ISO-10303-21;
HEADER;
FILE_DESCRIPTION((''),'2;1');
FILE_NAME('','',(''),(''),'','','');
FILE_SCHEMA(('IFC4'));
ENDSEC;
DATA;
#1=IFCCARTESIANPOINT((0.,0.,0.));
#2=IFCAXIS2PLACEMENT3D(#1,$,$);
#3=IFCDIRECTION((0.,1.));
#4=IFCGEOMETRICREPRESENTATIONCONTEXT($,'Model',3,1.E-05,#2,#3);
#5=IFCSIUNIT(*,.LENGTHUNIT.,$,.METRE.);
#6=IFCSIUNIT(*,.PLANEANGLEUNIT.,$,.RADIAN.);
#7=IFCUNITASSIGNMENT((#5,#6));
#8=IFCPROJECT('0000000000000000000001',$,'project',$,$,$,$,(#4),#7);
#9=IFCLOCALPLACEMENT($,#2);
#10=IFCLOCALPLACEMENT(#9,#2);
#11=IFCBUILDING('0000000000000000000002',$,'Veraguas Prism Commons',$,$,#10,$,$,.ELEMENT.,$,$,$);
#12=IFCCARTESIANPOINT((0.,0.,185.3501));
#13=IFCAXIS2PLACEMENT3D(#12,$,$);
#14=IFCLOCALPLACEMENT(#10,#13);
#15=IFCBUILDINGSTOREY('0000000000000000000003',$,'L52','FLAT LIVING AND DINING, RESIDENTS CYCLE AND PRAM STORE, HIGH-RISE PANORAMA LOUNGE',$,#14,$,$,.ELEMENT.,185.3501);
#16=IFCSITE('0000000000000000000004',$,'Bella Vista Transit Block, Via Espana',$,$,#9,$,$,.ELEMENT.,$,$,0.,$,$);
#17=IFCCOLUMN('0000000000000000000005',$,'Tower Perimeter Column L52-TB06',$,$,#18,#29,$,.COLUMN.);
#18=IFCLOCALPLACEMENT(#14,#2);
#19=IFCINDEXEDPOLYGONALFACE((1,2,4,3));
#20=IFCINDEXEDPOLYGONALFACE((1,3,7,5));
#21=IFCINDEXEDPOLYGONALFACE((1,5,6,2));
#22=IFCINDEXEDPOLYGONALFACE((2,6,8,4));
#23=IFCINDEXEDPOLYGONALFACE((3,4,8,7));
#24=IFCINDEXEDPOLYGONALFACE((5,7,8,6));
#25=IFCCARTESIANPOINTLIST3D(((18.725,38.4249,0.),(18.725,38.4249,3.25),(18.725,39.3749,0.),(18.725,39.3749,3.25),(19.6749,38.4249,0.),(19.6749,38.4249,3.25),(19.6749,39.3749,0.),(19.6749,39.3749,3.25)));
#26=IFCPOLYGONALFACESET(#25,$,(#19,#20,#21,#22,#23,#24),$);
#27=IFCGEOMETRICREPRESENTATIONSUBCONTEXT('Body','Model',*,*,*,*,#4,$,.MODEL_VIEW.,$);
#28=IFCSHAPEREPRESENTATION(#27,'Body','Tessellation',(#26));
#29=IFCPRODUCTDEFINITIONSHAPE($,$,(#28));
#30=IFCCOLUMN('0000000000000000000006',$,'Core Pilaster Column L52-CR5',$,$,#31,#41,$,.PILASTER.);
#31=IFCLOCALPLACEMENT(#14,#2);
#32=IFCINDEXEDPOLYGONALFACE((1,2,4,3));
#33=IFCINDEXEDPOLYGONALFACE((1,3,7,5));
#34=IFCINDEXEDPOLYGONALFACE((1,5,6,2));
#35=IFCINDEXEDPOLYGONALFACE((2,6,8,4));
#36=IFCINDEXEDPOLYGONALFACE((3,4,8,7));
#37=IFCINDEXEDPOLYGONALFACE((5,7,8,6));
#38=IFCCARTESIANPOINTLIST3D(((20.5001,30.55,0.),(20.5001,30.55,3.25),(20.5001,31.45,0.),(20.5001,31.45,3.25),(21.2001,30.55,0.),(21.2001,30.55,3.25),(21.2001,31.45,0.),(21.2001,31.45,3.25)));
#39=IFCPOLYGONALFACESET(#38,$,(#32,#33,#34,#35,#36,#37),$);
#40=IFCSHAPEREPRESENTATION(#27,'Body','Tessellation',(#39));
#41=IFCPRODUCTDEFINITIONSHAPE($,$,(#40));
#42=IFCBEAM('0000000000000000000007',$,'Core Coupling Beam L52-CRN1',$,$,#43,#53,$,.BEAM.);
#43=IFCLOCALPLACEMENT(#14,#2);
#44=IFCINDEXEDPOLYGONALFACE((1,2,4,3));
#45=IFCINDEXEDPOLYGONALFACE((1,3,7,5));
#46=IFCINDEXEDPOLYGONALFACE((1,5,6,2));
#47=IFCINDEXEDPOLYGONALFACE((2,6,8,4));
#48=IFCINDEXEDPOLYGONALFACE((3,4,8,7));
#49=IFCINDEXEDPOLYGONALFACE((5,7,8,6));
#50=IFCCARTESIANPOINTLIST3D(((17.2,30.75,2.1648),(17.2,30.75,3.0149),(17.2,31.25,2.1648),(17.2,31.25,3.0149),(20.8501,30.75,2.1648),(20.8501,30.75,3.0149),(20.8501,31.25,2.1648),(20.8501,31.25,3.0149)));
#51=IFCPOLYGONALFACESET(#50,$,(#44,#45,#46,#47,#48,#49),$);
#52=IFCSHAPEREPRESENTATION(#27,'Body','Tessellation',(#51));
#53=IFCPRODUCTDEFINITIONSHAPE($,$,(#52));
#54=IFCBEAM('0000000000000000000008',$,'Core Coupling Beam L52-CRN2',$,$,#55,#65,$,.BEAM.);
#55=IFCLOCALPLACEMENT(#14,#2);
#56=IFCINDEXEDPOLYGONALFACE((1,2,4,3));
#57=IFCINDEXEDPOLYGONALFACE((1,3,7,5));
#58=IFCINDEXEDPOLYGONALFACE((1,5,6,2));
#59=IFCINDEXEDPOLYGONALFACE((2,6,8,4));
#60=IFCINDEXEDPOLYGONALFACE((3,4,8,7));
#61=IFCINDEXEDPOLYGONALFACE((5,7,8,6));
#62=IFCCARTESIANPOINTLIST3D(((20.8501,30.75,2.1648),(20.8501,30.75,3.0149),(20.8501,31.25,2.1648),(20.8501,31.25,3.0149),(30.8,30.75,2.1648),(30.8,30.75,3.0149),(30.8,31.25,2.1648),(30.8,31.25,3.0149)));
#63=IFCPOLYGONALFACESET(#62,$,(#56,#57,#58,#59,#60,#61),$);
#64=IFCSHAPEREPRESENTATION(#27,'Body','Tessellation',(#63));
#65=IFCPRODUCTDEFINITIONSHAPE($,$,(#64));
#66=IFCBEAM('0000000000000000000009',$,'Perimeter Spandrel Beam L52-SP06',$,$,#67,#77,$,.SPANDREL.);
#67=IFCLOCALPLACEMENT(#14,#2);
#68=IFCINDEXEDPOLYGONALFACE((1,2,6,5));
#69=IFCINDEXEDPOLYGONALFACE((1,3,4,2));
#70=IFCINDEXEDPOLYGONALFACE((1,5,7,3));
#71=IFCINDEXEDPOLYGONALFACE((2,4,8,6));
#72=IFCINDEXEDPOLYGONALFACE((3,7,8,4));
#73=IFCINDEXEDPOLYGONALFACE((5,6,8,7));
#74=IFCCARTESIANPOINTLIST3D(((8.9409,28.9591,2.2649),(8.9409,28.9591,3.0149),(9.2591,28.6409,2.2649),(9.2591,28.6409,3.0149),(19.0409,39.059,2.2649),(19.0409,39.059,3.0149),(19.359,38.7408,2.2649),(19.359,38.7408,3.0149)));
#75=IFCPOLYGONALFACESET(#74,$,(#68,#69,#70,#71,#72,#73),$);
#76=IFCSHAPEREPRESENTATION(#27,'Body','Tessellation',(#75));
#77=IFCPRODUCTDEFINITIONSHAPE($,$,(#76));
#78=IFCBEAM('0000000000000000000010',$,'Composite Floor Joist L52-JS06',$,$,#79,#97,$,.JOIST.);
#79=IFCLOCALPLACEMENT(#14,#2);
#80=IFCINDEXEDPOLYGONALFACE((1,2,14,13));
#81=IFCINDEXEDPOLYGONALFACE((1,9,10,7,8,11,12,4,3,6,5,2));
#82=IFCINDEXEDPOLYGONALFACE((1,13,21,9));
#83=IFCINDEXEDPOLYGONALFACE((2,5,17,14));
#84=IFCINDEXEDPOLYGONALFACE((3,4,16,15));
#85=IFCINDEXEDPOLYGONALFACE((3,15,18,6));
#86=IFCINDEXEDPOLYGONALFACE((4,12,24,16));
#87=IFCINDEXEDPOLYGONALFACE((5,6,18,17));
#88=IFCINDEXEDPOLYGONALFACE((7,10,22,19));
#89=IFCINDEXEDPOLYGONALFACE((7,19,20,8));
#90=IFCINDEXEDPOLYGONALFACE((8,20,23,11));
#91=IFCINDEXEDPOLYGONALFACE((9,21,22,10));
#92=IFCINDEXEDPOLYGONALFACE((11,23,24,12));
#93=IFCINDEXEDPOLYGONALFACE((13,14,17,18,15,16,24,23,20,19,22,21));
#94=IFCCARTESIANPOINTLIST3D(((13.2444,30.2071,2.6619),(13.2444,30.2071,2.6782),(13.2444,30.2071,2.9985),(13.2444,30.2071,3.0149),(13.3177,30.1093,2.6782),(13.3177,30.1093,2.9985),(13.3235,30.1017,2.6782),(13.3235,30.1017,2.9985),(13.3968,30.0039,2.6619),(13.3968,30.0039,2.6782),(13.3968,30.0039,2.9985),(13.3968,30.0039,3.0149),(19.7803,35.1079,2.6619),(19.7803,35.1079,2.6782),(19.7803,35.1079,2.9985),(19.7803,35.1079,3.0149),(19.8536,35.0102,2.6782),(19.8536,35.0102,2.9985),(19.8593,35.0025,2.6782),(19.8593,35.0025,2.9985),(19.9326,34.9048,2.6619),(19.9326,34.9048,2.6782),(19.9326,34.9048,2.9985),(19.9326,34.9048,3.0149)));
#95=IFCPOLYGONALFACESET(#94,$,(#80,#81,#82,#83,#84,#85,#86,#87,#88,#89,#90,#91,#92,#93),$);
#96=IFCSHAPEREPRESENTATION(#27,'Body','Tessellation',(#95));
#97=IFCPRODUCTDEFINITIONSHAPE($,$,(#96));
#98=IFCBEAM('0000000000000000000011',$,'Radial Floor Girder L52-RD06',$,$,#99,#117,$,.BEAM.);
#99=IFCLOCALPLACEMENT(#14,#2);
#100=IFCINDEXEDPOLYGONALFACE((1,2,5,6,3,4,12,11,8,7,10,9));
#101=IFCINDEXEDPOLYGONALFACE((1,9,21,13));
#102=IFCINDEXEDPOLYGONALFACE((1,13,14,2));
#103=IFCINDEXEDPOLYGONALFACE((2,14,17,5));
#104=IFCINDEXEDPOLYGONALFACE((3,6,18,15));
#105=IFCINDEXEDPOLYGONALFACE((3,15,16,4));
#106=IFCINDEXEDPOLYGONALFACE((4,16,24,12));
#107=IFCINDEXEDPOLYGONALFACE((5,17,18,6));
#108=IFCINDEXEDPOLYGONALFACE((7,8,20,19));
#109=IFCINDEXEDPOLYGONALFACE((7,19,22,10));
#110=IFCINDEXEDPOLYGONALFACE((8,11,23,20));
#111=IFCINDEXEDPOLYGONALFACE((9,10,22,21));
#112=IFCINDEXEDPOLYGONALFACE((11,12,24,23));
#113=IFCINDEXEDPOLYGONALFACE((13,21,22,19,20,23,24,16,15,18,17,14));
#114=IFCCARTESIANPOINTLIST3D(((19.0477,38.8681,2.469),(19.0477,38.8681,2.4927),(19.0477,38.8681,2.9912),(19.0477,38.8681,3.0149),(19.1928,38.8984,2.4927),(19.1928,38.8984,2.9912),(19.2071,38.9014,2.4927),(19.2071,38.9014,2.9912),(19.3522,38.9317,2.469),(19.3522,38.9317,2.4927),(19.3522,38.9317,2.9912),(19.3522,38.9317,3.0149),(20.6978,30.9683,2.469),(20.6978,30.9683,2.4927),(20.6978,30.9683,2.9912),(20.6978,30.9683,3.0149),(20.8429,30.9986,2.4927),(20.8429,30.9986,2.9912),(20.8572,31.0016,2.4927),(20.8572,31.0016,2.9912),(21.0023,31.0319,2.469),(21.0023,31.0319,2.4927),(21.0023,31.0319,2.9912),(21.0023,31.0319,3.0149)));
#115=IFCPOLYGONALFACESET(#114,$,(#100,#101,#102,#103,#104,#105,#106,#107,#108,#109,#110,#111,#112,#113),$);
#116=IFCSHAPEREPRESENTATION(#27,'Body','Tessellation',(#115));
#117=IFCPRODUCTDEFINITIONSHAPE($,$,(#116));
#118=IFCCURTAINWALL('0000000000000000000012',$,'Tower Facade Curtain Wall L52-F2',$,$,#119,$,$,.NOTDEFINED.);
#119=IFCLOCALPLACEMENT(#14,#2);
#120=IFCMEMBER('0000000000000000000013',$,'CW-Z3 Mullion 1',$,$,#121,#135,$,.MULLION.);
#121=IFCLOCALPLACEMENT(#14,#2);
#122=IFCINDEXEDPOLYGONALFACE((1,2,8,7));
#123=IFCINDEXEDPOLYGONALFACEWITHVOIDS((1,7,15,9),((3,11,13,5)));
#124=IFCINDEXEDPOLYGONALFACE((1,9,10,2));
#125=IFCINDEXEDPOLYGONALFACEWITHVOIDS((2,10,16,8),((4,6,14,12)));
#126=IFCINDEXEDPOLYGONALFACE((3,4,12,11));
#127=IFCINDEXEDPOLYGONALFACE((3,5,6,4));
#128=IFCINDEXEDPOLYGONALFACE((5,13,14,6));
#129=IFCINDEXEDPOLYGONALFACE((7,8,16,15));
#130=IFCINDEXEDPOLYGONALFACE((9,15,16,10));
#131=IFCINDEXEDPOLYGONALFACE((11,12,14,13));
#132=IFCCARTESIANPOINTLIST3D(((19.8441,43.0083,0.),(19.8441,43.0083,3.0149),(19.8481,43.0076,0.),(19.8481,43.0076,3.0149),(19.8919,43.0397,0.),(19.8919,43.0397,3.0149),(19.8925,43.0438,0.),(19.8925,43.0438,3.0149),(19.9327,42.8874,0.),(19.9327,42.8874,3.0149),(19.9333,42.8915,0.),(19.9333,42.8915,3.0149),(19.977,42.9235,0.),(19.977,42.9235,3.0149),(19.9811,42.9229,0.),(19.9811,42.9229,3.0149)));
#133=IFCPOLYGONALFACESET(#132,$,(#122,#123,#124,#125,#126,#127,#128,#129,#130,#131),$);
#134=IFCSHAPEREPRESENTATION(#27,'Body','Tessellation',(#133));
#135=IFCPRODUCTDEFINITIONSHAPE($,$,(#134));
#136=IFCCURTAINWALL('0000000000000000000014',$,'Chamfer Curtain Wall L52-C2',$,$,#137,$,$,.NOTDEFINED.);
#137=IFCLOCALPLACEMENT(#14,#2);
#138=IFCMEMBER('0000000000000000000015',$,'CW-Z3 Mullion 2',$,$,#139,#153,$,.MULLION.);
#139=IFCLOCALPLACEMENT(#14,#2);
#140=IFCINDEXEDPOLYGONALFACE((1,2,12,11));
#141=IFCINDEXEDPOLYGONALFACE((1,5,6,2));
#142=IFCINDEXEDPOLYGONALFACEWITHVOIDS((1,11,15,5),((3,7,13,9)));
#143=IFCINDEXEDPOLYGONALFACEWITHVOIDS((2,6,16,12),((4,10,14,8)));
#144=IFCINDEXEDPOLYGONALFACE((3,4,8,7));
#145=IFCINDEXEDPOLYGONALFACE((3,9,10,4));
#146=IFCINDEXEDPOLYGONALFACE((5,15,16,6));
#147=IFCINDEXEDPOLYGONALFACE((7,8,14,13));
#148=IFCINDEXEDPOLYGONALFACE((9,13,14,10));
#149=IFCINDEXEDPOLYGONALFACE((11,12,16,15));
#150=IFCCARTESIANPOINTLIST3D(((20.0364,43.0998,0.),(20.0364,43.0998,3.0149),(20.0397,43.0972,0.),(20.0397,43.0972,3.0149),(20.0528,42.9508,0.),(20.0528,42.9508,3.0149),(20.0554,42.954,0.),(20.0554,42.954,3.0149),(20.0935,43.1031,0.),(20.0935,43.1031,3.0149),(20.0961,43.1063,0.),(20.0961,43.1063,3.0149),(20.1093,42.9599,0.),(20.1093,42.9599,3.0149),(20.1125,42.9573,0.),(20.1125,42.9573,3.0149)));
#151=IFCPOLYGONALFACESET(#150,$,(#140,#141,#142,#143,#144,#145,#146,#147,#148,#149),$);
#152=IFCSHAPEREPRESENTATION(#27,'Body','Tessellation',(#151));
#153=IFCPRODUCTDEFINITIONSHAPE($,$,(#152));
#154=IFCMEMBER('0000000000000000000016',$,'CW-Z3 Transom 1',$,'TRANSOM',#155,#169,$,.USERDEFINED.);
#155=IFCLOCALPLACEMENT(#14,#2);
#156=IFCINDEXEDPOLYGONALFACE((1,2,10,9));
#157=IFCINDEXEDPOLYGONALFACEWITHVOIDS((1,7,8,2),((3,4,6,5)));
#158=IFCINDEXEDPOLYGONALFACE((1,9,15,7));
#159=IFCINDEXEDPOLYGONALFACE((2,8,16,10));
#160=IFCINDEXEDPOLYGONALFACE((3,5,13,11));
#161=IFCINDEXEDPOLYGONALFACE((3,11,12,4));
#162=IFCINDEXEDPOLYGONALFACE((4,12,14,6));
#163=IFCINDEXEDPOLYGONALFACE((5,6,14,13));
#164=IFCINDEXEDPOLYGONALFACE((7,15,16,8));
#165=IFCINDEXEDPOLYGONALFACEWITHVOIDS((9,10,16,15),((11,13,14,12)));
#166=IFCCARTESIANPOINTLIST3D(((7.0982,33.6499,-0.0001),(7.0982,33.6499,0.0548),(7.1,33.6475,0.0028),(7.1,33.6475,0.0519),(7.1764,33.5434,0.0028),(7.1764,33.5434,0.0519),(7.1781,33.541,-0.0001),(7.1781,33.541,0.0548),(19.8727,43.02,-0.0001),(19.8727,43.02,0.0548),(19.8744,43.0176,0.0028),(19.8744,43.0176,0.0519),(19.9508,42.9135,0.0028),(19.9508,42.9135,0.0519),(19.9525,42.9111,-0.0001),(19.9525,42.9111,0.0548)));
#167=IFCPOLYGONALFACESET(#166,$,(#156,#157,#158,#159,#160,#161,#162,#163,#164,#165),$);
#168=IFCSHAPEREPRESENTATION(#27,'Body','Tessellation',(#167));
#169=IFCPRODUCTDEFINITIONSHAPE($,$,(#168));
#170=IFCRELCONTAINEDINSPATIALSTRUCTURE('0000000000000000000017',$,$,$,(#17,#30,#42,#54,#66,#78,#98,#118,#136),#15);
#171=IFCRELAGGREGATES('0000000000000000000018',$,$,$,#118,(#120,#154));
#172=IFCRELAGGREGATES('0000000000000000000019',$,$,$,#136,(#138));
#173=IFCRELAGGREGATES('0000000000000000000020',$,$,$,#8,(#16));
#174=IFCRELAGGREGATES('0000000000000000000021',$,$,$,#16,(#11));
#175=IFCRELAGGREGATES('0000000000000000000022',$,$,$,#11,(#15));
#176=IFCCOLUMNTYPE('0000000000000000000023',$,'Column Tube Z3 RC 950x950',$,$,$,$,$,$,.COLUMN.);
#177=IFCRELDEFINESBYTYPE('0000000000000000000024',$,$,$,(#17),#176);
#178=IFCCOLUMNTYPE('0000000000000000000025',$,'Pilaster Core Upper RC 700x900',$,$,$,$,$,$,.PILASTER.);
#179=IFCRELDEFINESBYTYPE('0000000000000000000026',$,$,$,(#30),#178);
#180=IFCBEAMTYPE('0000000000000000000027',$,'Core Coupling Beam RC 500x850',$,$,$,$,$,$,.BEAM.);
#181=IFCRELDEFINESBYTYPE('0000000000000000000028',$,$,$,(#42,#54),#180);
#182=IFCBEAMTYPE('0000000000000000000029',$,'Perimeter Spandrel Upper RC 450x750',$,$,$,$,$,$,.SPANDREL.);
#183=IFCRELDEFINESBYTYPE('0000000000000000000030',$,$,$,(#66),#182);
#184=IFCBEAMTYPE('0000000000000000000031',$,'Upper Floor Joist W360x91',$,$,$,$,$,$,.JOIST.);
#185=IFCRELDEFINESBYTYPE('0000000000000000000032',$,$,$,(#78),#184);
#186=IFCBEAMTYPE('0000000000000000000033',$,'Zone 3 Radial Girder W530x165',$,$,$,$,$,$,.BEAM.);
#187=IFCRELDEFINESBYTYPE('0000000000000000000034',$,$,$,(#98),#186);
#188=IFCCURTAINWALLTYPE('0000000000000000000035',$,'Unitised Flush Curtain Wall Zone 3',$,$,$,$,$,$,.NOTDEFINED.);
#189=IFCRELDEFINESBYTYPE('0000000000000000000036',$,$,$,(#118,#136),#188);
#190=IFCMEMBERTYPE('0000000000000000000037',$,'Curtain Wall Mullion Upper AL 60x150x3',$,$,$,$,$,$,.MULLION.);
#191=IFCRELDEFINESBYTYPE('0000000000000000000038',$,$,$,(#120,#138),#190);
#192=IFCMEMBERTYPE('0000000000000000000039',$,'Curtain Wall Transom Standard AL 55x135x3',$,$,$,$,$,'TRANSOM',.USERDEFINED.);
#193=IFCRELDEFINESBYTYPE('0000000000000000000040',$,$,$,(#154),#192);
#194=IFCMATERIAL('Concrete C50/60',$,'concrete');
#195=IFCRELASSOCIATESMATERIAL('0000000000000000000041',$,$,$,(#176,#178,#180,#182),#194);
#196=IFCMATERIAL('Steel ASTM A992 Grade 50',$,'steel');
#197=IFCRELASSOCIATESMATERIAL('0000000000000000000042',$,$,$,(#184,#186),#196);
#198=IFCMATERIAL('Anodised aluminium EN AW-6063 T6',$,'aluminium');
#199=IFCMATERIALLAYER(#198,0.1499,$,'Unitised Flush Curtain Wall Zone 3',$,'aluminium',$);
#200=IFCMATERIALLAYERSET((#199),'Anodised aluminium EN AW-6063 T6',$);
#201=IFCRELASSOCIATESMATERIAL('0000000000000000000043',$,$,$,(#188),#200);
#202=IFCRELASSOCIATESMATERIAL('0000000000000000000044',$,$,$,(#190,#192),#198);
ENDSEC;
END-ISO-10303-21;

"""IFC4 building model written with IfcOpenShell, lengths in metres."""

from ifc_helpers import new_model, si_unit, direction, frame, origin, origin_2d, place, context, subcontext, project, spatial, rectangle, hollow_rectangle, i_section, extrude, source, transform, mapped, material, layer, layer_set, material_profile, profile_set, type_object, element, aggregate, save


model = new_model("IFC4")

# Units and contexts
model_context = context("Model", 3, precision=1e-05, world=origin(), true_north=direction((0.0, 1.0)))
body_context = subcontext(model_context, "Body", "Model", "MODEL_VIEW")
ifc_project = project(units=[si_unit("LENGTHUNIT", "METRE"), si_unit("PLANEANGLEUNIT", "RADIAN")], contexts=[model_context])

# Site, building, storey
site_placement = place(None, origin())
site = spatial("IfcSite", under=ifc_project, at=site_placement, Name="Bella Vista Transit Block, Via Espana", CompositionType="ELEMENT", RefElevation=0.0)
building_placement = place(site_placement, origin())
building = spatial("IfcBuilding", under=site, at=building_placement, Name="Veraguas Prism Commons", CompositionType="ELEMENT")
storey_placement = place(building_placement, frame((0.0, 0.0, 185.3501)))
storey = spatial("IfcBuildingStorey", under=building, at=storey_placement, Name="L52", Description="FLAT LIVING AND DINING, RESIDENTS CYCLE AND PRAM STORE, HIGH-RISE PANORAMA LOUNGE", CompositionType="ELEMENT", Elevation=185.3501)

# Columns
ifc_material_1 = material(Name="Concrete C50/60", Category="concrete")
ifc_material_profile_1 = material_profile(ifc_material_1, rectangle(XDim=0.95, YDim=0.95, at=origin_2d()), Name="RC950X950")
ifc_profile_set_1 = profile_set([ifc_material_profile_1], Name="Concrete C50/60")
column_type_1 = type_object("IfcColumnType", Name="Column Tube Z3 RC 950x950", PredefinedType="COLUMN", material=ifc_profile_set_1)
column_1_placement = place(storey_placement, frame((19.2, 38.8999, 0.0), z_axis=(0.0, 0.0, 1.0), x_axis=(1.0, 0.0, 0.0)))
element("IfcColumn", 1, at=column_1_placement, inside=storey, type_object=column_type_1, Name="Tower Perimeter Column L52-TB06", PredefinedType="COLUMN", context=body_context, shape_type="SweptSolid", body=[
    extrude(rectangle(XDim=0.95, YDim=0.95, at=origin_2d()), origin(), (0.0, 0.0, 1.0), 3.25),
])
ifc_material_profile_2 = material_profile(ifc_material_1, rectangle(XDim=0.7, YDim=0.8999, at=origin_2d()), Name="RC700X900")
ifc_profile_set_2 = profile_set([ifc_material_profile_2], Name="Concrete C50/60")
column_type_2 = type_object("IfcColumnType", Name="Pilaster Core Upper RC 700x900", PredefinedType="PILASTER", material=ifc_profile_set_2)
column_2_placement = place(storey_placement, frame((20.8501, 31.0, 0.0), z_axis=(0.0, 0.0, 1.0), x_axis=(1.0, 0.0, 0.0)))
element("IfcColumn", 2, at=column_2_placement, inside=storey, type_object=column_type_2, Name="Core Pilaster Column L52-CR5", PredefinedType="PILASTER", context=body_context, shape_type="SweptSolid", body=[
    extrude(rectangle(XDim=0.7, YDim=0.8999, at=origin_2d()), origin(), (0.0, 0.0, 1.0), 3.25),
])

# Beams
ifc_material_profile_3 = material_profile(ifc_material_1, rectangle(XDim=0.5, YDim=0.8501, at=origin_2d()), Name="RC500X850")
ifc_profile_set_3 = profile_set([ifc_material_profile_3], Name="Concrete C50/60")
beam_type_1 = type_object("IfcBeamType", Name="Core Coupling Beam RC 500x850", PredefinedType="BEAM", material=ifc_profile_set_3)
beam_1_placement = place(storey_placement, frame((17.2, 31.0, 2.5898), z_axis=(1.0, 0.0, 0.0), x_axis=(0.0, 1.0, 0.0)))
element("IfcBeam", 3, at=beam_1_placement, inside=storey, type_object=beam_type_1, Name="Core Coupling Beam L52-CRN1", PredefinedType="BEAM", context=body_context, shape_type="SweptSolid", body=[
    extrude(rectangle(XDim=0.5, YDim=0.8501, at=origin_2d()), origin(), (0.0, 0.0, 1.0), 3.6501),
])
beam_2_placement = place(storey_placement, frame((20.8501, 31.0, 2.5898), z_axis=(1.0, 0.0, 0.0), x_axis=(0.0, 1.0, 0.0)))
element("IfcBeam", 4, at=beam_2_placement, inside=storey, type_object=beam_type_1, Name="Core Coupling Beam L52-CRN2", PredefinedType="BEAM", context=body_context, shape_type="SweptSolid", body=[
    extrude(rectangle(XDim=0.5, YDim=0.8501, at=origin_2d()), origin(), (0.0, 0.0, 1.0), 9.95),
])
ifc_material_profile_4 = material_profile(ifc_material_1, rectangle(XDim=0.45, YDim=0.75, at=origin_2d()), Name="RC450X750")
ifc_profile_set_4 = profile_set([ifc_material_profile_4], Name="Concrete C50/60")
beam_type_2 = type_object("IfcBeamType", Name="Perimeter Spandrel Upper RC 450x750", PredefinedType="SPANDREL", material=ifc_profile_set_4)
beam_3_placement = place(storey_placement, frame((19.2, 38.8999, 2.6399), z_axis=(-0.707107, -0.707107, 0.0), x_axis=(0.707107, -0.707107, 0.0)))
element("IfcBeam", 5, at=beam_3_placement, inside=storey, type_object=beam_type_2, Name="Perimeter Spandrel Beam L52-SP06", PredefinedType="SPANDREL", context=body_context, shape_type="SweptSolid", body=[
    extrude(rectangle(XDim=0.45, YDim=0.75, at=origin_2d()), origin(), (0.0, 0.0, 1.0), 14.2834),
])
ifc_material_2 = material(Name="Steel ASTM A992 Grade 50", Category="steel")
ifc_material_profile_5 = material_profile(ifc_material_2, i_section(OverallWidth=0.2539, OverallDepth=0.353, WebThickness=0.0095, FlangeThickness=0.0164, at=origin_2d()), Name="W360X91")
ifc_profile_set_5 = profile_set([ifc_material_profile_5], Name="Steel ASTM A992 Grade 50")
beam_type_3 = type_object("IfcBeamType", Name="Upper Floor Joist W360x91", PredefinedType="JOIST", material=ifc_profile_set_5)
beam_4_placement = place(storey_placement, frame((19.8564, 35.0063, 2.8384), z_axis=(-0.800061, -0.599919, 0.0), x_axis=(0.599919, -0.800061, 0.0)))
element("IfcBeam", 6, at=beam_4_placement, inside=storey, type_object=beam_type_3, Name="Composite Floor Joist L52-JS06", PredefinedType="JOIST", context=body_context, shape_type="SweptSolid", body=[
    extrude(i_section(OverallWidth=0.2539, OverallDepth=0.353, WebThickness=0.0095, FlangeThickness=0.0164, at=origin_2d()), origin(), (0.0, 0.0, 1.0), 8.1692),
])
ifc_material_profile_6 = material_profile(ifc_material_2, i_section(OverallWidth=0.311, OverallDepth=0.5459, WebThickness=0.0146, FlangeThickness=0.0237, at=origin_2d()), Name="W530X165")
ifc_profile_set_6 = profile_set([ifc_material_profile_6], Name="Steel ASTM A992 Grade 50")
beam_type_4 = type_object("IfcBeamType", Name="Zone 3 Radial Girder W530x165", PredefinedType="BEAM", material=ifc_profile_set_6)
beam_5_placement = place(storey_placement, frame((19.2, 38.8999, 2.7419), z_axis=(0.204469, -0.978873, 0.0), x_axis=(0.978873, 0.204469, 0.0)))
element("IfcBeam", 7, at=beam_5_placement, inside=storey, type_object=beam_type_4, Name="Radial Floor Girder L52-RD06", PredefinedType="BEAM", context=body_context, shape_type="SweptSolid", body=[
    extrude(i_section(OverallWidth=0.311, OverallDepth=0.5459, WebThickness=0.0146, FlangeThickness=0.0237, at=origin_2d()), origin(), (0.0, 0.0, 1.0), 8.0703),
])

# Curtain walls, members
ifc_material_3 = material(Name="Anodised aluminium EN AW-6063 T6", Category="aluminium")
ifc_layer_1 = layer(ifc_material_3, 0.1499, Name="Unitised Flush Curtain Wall Zone 3", Category="aluminium")
ifc_layer_set_1 = layer_set([ifc_layer_1], Name="Anodised aluminium EN AW-6063 T6")
curtain_wall_type = type_object("IfcCurtainWallType", Name="Unitised Flush Curtain Wall Zone 3", PredefinedType="NOTDEFINED", material=ifc_layer_set_1)
curtain_wall_1_placement = place(storey_placement, origin())
curtain_wall_1 = element("IfcCurtainWall", 8, at=curtain_wall_1_placement, inside=storey, type_object=curtain_wall_type, Name="Tower Facade Curtain Wall L52-F2", PredefinedType="NOTDEFINED")
ifc_material_profile_7 = material_profile(ifc_material_3, hollow_rectangle(XDim=0.0601, YDim=0.1499, WallThickness=0.0029, at=origin_2d()), Name="AL60X150X3")
ifc_profile_set_7 = profile_set([ifc_material_profile_7], Name="Anodised aluminium EN AW-6063 T6")
member_type_1 = type_object("IfcMemberType", Name="Curtain Wall Mullion Upper AL 60x150x3", PredefinedType="MULLION", material=ifc_profile_set_7)
shared_shape_1 = source(origin(), body_context, "Body", "SweptSolid", [
    extrude(hollow_rectangle(XDim=0.0601, YDim=0.1499, WallThickness=0.0029, at=origin_2d()), origin(), (0.0, 0.0, 1.0), 3.0149),
])
member_1_placement = place(storey_placement, frame((19.9126, 42.9656, 0.0), z_axis=(0.0, 0.0, 1.0), x_axis=(-0.806341, -0.59145, 0.0)))
member_1 = element("IfcMember", 9, at=member_1_placement, type_object=member_type_1, Name="CW-Z3 Mullion 1", PredefinedType="MULLION", context=body_context, shape_type="MappedRepresentation", body=[
    mapped(shared_shape_1, transform((0.0, 0.0, 0.0), scale=1.0)),
])
curtain_wall_2_placement = place(storey_placement, origin())
curtain_wall_2 = element("IfcCurtainWall", 10, at=curtain_wall_2_placement, inside=storey, type_object=curtain_wall_type, Name="Chamfer Curtain Wall L52-C2", PredefinedType="NOTDEFINED")
member_2_placement = place(storey_placement, frame((20.0745, 43.0286, 0.0), z_axis=(0.0, 0.0, 1.0), x_axis=(-0.994035, -0.109061, 0.0)))
member_2 = element("IfcMember", 11, at=member_2_placement, type_object=member_type_1, Name="CW-Z3 Mullion 2", PredefinedType="MULLION", context=body_context, shape_type="MappedRepresentation", body=[
    mapped(shared_shape_1, transform((0.0, 0.0, 0.0), scale=1.0)),
])

# Member
ifc_material_profile_8 = material_profile(ifc_material_3, hollow_rectangle(XDim=0.0549, YDim=0.135, WallThickness=0.0029, at=origin_2d()), Name="AL55X135X3")
ifc_profile_set_8 = profile_set([ifc_material_profile_8], Name="Anodised aluminium EN AW-6063 T6")
member_type_2 = type_object("IfcMemberType", Name="Curtain Wall Transom Standard AL 55x135x3", ElementType="TRANSOM", PredefinedType="USERDEFINED", material=ifc_profile_set_8)
shared_shape_2 = source(origin(), body_context, "Body", "SweptSolid", [
    extrude(hollow_rectangle(XDim=0.0549, YDim=0.135, WallThickness=0.0029, at=origin_2d()), origin(), (0.0, 0.0, 1.0), 15.8425),
])
member_3_placement = place(storey_placement, frame((19.9126, 42.9656, 0.0273), z_axis=(-0.806338, -0.591455, 0.0), x_axis=(0.0, 0.0, 1.0)))
member_3 = element("IfcMember", 12, at=member_3_placement, type_object=member_type_2, Name="CW-Z3 Transom 1", ObjectType="TRANSOM", PredefinedType="USERDEFINED", context=body_context, shape_type="MappedRepresentation", body=[
    mapped(shared_shape_2, transform((0.0, 0.0, 0.0), scale=1.0)),
])

aggregate(curtain_wall_1, [member_1, member_3])
aggregate(curtain_wall_2, [member_2])

save(model, "model.ifc")
